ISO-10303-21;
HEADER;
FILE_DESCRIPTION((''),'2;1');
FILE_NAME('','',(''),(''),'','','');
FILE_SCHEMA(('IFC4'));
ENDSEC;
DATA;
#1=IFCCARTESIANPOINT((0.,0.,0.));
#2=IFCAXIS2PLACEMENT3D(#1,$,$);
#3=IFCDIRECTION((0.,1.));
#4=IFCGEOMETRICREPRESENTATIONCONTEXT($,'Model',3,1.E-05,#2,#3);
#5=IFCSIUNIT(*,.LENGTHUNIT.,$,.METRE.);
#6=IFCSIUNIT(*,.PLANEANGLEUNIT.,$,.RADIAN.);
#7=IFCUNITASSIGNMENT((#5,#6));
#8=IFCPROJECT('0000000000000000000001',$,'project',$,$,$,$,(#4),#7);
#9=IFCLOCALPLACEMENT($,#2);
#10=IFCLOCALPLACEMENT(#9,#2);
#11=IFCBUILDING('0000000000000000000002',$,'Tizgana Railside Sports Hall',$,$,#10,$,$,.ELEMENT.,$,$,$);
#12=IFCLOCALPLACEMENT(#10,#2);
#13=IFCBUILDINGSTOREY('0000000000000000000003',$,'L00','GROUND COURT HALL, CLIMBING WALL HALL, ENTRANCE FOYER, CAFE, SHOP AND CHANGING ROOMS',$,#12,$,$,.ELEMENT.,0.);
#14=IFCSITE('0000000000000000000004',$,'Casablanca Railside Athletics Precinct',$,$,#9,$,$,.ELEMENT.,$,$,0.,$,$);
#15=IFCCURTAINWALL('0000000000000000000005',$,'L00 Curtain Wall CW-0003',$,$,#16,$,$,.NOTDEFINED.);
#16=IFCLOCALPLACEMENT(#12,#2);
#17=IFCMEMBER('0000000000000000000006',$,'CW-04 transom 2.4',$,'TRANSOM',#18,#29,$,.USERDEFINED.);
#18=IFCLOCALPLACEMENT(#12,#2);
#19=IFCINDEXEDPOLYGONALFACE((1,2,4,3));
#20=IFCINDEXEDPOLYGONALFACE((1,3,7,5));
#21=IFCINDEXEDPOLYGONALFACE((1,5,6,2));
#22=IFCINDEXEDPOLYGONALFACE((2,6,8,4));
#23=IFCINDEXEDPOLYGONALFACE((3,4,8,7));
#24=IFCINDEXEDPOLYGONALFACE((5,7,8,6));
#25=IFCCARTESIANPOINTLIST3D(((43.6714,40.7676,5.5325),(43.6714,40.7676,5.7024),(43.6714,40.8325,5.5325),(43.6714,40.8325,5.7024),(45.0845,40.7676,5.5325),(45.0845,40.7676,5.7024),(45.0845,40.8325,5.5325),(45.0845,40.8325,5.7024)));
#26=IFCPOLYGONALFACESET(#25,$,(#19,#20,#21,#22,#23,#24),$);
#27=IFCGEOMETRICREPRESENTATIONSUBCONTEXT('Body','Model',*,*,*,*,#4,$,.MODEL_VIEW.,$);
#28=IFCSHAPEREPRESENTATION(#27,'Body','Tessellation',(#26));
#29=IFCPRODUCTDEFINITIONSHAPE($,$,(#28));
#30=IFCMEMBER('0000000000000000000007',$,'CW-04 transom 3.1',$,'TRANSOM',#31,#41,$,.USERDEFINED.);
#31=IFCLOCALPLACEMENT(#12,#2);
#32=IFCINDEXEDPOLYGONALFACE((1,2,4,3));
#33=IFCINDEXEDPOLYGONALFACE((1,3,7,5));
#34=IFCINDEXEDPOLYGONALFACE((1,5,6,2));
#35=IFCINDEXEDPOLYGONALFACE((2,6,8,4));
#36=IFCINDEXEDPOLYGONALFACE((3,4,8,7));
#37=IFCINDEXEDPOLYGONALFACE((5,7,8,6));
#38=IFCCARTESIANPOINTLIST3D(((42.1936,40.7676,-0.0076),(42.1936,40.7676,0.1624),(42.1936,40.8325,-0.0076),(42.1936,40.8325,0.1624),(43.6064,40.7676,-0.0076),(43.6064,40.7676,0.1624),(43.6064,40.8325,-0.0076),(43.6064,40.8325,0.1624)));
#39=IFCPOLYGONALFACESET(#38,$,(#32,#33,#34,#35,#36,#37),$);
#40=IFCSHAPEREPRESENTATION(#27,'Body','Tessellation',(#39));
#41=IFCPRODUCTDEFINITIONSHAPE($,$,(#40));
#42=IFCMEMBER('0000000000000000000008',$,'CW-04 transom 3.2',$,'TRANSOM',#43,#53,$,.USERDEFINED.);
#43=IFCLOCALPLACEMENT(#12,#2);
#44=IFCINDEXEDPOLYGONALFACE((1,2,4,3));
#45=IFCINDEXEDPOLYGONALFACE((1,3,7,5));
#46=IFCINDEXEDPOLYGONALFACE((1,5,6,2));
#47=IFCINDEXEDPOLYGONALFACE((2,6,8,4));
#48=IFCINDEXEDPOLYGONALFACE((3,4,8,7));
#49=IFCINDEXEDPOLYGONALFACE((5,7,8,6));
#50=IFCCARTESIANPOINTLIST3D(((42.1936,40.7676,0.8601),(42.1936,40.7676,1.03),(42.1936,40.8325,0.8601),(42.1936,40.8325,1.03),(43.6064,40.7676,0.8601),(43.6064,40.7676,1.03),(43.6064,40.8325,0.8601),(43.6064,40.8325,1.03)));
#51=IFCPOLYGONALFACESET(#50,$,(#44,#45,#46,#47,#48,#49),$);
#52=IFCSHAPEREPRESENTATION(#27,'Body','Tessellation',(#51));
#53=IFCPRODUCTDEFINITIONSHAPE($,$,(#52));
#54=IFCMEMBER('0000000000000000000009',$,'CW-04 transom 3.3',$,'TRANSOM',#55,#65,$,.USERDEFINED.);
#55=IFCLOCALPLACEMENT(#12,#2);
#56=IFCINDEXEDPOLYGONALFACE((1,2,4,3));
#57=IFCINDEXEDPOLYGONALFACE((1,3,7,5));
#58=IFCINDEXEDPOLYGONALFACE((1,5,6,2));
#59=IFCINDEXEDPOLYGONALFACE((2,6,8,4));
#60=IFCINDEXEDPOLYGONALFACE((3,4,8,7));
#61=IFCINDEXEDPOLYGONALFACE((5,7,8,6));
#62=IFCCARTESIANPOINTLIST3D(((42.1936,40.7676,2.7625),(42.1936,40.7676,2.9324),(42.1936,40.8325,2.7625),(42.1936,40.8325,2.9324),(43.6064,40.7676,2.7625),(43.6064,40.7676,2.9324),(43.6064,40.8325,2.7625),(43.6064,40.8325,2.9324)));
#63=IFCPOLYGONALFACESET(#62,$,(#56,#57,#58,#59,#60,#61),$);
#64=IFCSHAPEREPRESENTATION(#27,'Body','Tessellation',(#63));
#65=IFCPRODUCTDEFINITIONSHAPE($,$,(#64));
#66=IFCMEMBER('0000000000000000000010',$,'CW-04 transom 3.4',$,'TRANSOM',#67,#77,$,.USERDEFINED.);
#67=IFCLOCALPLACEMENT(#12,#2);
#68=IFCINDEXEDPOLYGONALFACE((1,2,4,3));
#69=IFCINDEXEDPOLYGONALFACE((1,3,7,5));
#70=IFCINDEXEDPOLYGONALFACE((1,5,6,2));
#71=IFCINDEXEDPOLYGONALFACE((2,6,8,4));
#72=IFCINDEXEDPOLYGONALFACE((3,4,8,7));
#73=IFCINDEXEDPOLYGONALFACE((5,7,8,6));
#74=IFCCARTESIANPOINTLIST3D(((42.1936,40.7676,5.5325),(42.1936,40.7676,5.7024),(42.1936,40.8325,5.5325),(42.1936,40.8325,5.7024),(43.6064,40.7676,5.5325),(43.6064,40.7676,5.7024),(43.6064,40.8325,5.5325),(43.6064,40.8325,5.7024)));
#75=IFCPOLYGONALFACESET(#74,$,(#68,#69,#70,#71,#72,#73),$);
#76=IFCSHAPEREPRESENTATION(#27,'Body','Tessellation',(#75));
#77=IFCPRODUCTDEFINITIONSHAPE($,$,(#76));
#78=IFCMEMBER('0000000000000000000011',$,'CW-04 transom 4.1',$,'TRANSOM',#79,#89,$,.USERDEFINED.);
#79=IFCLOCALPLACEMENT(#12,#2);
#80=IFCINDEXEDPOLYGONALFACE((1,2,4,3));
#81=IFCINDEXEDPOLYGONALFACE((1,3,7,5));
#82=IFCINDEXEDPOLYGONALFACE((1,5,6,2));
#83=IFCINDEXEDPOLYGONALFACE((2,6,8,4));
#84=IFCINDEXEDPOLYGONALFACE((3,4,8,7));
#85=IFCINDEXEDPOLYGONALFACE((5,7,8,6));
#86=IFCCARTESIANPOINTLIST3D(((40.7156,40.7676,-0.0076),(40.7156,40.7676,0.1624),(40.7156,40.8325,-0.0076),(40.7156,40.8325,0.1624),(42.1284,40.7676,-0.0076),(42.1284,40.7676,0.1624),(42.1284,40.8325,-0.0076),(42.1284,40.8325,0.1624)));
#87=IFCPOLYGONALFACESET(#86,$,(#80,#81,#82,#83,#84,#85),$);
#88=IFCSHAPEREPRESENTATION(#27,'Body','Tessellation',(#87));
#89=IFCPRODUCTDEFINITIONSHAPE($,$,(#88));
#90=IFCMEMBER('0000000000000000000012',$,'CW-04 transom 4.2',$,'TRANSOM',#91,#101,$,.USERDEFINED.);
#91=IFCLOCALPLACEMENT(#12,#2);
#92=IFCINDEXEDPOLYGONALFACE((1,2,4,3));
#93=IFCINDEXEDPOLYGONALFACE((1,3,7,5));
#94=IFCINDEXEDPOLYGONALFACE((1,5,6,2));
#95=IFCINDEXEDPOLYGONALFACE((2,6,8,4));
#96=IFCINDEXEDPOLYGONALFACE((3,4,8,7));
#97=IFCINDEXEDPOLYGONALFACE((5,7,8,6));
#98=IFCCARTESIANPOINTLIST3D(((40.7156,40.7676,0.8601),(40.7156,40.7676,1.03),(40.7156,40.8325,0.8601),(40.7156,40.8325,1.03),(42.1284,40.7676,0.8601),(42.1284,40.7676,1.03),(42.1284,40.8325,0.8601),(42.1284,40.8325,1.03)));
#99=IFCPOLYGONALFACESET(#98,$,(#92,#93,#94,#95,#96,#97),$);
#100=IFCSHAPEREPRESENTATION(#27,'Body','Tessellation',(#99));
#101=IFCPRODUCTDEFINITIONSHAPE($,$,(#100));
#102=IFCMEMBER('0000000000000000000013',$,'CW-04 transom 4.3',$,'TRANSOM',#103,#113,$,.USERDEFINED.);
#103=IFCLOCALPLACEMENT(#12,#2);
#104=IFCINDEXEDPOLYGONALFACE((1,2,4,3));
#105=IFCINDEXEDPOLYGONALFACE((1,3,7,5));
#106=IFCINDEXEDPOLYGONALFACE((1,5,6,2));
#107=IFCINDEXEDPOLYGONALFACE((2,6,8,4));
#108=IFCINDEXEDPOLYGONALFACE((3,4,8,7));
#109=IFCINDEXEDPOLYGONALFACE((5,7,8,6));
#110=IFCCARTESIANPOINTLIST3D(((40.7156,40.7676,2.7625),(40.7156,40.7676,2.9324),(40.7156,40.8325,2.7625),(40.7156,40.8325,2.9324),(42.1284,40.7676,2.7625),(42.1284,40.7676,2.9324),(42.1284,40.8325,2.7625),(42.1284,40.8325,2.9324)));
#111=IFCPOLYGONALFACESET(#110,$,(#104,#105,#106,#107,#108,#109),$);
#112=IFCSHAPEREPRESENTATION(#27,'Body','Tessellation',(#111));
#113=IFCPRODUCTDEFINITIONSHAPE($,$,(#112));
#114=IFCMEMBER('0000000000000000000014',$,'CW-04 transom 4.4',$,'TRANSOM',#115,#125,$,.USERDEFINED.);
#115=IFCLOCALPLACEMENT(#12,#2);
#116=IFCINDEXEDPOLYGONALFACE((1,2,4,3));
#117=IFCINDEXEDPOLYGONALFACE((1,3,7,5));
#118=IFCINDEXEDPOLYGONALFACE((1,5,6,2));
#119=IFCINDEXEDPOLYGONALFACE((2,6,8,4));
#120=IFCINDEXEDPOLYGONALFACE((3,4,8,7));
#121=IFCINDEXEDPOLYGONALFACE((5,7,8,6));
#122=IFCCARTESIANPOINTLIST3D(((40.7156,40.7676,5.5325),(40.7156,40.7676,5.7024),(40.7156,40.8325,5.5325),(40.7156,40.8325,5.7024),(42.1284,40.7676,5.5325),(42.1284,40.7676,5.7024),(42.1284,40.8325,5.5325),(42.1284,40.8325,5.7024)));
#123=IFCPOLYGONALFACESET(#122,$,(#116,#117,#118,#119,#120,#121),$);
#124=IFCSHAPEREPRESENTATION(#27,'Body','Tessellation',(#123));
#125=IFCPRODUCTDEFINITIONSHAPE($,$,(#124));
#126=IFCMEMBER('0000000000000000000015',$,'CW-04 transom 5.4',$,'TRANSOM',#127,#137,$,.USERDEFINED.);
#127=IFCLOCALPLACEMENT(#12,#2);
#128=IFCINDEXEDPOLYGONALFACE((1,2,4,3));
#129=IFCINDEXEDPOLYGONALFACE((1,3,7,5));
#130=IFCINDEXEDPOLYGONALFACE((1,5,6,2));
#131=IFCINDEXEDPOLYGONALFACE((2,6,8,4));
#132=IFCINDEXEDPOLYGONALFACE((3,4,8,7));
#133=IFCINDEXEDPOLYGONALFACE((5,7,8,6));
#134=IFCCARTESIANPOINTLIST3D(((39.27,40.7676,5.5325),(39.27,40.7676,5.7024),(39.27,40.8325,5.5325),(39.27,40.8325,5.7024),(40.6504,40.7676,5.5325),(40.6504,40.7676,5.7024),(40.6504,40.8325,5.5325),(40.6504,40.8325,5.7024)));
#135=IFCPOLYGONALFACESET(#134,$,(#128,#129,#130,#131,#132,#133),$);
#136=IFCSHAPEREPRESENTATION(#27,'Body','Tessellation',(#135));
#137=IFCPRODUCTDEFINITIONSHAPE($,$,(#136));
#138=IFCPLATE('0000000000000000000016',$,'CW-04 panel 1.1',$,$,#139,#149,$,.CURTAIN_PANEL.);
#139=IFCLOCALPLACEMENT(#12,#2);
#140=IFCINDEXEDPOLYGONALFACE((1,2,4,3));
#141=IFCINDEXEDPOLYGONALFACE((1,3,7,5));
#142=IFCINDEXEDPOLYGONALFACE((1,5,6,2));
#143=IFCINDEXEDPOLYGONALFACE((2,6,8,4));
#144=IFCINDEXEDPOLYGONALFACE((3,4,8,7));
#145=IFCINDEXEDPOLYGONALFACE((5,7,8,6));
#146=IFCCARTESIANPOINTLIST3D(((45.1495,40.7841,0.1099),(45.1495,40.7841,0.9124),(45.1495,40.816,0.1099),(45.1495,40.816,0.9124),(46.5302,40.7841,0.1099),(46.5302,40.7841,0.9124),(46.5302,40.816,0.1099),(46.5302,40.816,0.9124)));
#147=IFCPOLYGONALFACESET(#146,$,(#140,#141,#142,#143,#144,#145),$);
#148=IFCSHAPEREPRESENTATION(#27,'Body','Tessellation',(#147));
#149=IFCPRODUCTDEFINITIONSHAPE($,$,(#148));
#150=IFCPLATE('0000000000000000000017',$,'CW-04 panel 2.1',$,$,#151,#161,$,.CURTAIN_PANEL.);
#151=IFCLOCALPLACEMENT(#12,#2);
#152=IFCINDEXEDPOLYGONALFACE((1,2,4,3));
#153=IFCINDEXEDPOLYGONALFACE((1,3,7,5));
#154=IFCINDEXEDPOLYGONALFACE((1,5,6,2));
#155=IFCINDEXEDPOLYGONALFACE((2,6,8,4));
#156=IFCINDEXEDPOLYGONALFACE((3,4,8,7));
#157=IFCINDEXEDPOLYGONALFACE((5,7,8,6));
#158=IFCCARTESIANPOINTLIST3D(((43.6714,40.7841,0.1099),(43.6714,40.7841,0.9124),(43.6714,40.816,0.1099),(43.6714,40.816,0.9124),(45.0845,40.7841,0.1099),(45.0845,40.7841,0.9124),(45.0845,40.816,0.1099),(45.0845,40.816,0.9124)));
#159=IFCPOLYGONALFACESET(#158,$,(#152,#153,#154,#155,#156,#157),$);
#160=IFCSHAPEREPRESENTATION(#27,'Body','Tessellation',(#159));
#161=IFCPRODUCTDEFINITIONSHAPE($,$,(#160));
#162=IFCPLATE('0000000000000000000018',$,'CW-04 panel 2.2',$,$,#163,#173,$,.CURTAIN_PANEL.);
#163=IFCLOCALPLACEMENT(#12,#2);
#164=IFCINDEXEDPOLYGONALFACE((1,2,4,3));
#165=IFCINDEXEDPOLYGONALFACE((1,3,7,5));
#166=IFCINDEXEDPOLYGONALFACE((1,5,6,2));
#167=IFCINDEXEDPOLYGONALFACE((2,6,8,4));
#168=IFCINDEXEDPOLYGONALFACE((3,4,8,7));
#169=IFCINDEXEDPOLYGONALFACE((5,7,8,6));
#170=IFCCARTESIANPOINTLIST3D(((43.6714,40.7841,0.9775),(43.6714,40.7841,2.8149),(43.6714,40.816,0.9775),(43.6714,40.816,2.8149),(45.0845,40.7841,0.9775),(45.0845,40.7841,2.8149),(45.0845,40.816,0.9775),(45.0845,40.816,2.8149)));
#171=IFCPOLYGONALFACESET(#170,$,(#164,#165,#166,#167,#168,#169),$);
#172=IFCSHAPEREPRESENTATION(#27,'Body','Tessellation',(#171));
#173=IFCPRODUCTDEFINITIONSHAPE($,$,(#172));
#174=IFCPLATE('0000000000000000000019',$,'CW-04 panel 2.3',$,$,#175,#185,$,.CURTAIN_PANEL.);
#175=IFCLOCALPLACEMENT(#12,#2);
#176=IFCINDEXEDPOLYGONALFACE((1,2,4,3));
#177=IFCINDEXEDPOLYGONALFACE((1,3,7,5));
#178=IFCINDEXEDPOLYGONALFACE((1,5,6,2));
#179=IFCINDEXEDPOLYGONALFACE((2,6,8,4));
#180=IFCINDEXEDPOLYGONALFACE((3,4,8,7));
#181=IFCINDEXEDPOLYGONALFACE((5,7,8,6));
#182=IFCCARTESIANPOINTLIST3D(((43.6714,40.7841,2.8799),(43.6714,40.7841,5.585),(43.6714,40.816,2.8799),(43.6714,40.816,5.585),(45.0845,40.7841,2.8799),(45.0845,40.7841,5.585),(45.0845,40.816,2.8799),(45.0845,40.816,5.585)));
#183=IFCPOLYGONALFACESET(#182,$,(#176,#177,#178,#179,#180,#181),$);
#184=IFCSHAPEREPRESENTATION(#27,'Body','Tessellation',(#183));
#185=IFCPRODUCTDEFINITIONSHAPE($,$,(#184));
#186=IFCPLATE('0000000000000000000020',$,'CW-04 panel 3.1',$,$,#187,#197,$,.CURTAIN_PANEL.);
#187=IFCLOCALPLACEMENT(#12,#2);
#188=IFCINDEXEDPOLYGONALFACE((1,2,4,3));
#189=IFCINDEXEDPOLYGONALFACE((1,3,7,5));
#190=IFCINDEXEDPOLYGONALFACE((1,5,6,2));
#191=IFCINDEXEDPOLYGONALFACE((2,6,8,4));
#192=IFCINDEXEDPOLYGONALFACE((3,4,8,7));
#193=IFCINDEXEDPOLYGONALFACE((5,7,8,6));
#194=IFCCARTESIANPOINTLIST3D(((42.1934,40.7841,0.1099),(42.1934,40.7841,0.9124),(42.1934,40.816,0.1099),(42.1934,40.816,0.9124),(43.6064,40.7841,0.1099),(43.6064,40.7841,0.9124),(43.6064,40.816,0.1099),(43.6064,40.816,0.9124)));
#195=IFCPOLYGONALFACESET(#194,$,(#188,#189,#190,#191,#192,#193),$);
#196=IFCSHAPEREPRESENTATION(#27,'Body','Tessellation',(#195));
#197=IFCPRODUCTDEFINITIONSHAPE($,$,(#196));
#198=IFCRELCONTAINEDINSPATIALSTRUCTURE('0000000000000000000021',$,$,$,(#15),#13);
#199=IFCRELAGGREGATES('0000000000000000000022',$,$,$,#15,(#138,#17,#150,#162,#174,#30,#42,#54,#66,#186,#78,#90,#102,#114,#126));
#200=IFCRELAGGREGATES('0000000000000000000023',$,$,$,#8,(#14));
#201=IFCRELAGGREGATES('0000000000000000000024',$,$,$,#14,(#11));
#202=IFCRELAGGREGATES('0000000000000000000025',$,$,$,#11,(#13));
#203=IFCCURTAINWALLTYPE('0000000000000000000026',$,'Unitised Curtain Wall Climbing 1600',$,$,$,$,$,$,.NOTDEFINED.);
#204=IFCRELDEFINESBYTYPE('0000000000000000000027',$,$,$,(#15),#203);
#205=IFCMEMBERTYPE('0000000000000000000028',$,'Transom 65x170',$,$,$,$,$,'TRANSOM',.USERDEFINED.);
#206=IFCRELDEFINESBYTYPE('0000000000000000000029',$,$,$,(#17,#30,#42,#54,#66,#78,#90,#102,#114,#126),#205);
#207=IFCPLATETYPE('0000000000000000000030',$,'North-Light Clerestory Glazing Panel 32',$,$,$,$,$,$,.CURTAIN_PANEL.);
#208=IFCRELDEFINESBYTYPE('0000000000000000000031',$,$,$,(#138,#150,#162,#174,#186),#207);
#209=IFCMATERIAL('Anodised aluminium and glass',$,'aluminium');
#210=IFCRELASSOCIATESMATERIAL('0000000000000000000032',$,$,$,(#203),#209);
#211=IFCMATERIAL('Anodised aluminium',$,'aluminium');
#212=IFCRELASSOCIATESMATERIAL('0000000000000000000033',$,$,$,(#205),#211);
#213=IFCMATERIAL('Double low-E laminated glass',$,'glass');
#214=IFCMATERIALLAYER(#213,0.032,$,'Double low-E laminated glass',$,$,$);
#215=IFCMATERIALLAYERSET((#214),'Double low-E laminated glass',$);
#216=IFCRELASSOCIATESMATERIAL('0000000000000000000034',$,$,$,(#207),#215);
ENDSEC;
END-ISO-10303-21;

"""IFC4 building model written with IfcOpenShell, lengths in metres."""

from ifc_helpers import new_model, si_unit, direction, frame, origin, origin_2d, place, context, subcontext, project, spatial, rectangle, extrude, material, layer, layer_set, material_profile, profile_set, type_object, element, aggregate, save


model = new_model("IFC4")

# Units and contexts
model_context = context("Model", 3, precision=1e-05, world=origin(), true_north=direction((0.0, 1.0)))
body_context = subcontext(model_context, "Body", "Model", "MODEL_VIEW")
ifc_project = project(units=[si_unit("LENGTHUNIT", "METRE"), si_unit("PLANEANGLEUNIT", "RADIAN")], contexts=[model_context])

# Site, building, storey
site_placement = place(None, origin())
site = spatial("IfcSite", under=ifc_project, at=site_placement, Name="Casablanca Railside Athletics Precinct", CompositionType="ELEMENT", RefElevation=0.0)
building_placement = place(site_placement, origin())
building = spatial("IfcBuilding", under=site, at=building_placement, Name="Tizgana Railside Sports Hall", CompositionType="ELEMENT")
storey_placement = place(building_placement, origin())
storey = spatial("IfcBuildingStorey", under=building, at=storey_placement, Name="L00", Description="GROUND COURT HALL, CLIMBING WALL HALL, ENTRANCE FOYER, CAFE, SHOP AND CHANGING ROOMS", CompositionType="ELEMENT", Elevation=0.0)

# Curtain wall
ifc_material_1 = material(Name="Anodised aluminium and glass", Category="aluminium")
curtain_wall_type = type_object("IfcCurtainWallType", Name="Unitised Curtain Wall Climbing 1600", PredefinedType="NOTDEFINED", material=ifc_material_1)
curtain_wall_placement = place(storey_placement, origin())
curtain_wall = element("IfcCurtainWall", 1, at=curtain_wall_placement, inside=storey, type_object=curtain_wall_type, Name="L00 Curtain Wall CW-0003", PredefinedType="NOTDEFINED")
ifc_material_2 = material(Name="Anodised aluminium", Category="aluminium")

# Members
ifc_material_profile_1 = material_profile(ifc_material_2, rectangle(XDim=0.0649, YDim=0.1699, at=origin_2d()), Name="Transom 65x170")
ifc_profile_set_1 = profile_set([ifc_material_profile_1], Name="Anodised aluminium")
member_type_1 = type_object("IfcMemberType", Name="Transom 65x170", ElementType="TRANSOM", PredefinedType="USERDEFINED", material=ifc_profile_set_1)
member_1_placement = place(storey_placement, frame((45.0845, 40.8, 5.6174), z_axis=(-1.0, 0.0, 0.0), x_axis=(0.0, -1.0, 0.0)))
member_1 = element("IfcMember", 2, at=member_1_placement, type_object=member_type_1, Name="CW-04 transom 2.4", ObjectType="TRANSOM", PredefinedType="USERDEFINED", context=body_context, shape_type="SweptSolid", body=[
    extrude(rectangle(XDim=0.0649, YDim=0.1699, at=origin_2d()), origin(), (0.0, 0.0, 1.0), 1.4131),
])
member_2_placement = place(storey_placement, frame((43.6064, 40.8, 0.0774), z_axis=(-1.0, 0.0, 0.0), x_axis=(0.0, -1.0, 0.0)))
member_2 = element("IfcMember", 3, at=member_2_placement, type_object=member_type_1, Name="CW-04 transom 3.1", ObjectType="TRANSOM", PredefinedType="USERDEFINED", context=body_context, shape_type="SweptSolid", body=[
    extrude(rectangle(XDim=0.0649, YDim=0.1699, at=origin_2d()), origin(), (0.0, 0.0, 1.0), 1.4128),
])
member_3_placement = place(storey_placement, frame((43.6064, 40.8, 0.9451), z_axis=(-1.0, 0.0, 0.0), x_axis=(0.0, -1.0, 0.0)))
member_3 = element("IfcMember", 4, at=member_3_placement, type_object=member_type_1, Name="CW-04 transom 3.2", ObjectType="TRANSOM", PredefinedType="USERDEFINED", context=body_context, shape_type="SweptSolid", body=[
    extrude(rectangle(XDim=0.0649, YDim=0.1699, at=origin_2d()), origin(), (0.0, 0.0, 1.0), 1.4128),
])
member_4_placement = place(storey_placement, frame((43.6064, 40.8, 2.8474), z_axis=(-1.0, 0.0, 0.0), x_axis=(0.0, -1.0, 0.0)))
member_4 = element("IfcMember", 5, at=member_4_placement, type_object=member_type_1, Name="CW-04 transom 3.3", ObjectType="TRANSOM", PredefinedType="USERDEFINED", context=body_context, shape_type="SweptSolid", body=[
    extrude(rectangle(XDim=0.0649, YDim=0.1699, at=origin_2d()), origin(), (0.0, 0.0, 1.0), 1.4128),
])
member_5_placement = place(storey_placement, frame((43.6064, 40.8, 5.6174), z_axis=(-1.0, 0.0, 0.0), x_axis=(0.0, -1.0, 0.0)))
member_5 = element("IfcMember", 6, at=member_5_placement, type_object=member_type_1, Name="CW-04 transom 3.4", ObjectType="TRANSOM", PredefinedType="USERDEFINED", context=body_context, shape_type="SweptSolid", body=[
    extrude(rectangle(XDim=0.0649, YDim=0.1699, at=origin_2d()), origin(), (0.0, 0.0, 1.0), 1.4128),
])
member_6_placement = place(storey_placement, frame((42.1284, 40.8, 0.0774), z_axis=(-1.0, 0.0, 0.0), x_axis=(0.0, -1.0, 0.0)))
member_6 = element("IfcMember", 7, at=member_6_placement, type_object=member_type_1, Name="CW-04 transom 4.1", ObjectType="TRANSOM", PredefinedType="USERDEFINED", context=body_context, shape_type="SweptSolid", body=[
    extrude(rectangle(XDim=0.0649, YDim=0.1699, at=origin_2d()), origin(), (0.0, 0.0, 1.0), 1.4128),
])
member_7_placement = place(storey_placement, frame((42.1284, 40.8, 0.9451), z_axis=(-1.0, 0.0, 0.0), x_axis=(0.0, -1.0, 0.0)))
member_7 = element("IfcMember", 8, at=member_7_placement, type_object=member_type_1, Name="CW-04 transom 4.2", ObjectType="TRANSOM", PredefinedType="USERDEFINED", context=body_context, shape_type="SweptSolid", body=[
    extrude(rectangle(XDim=0.0649, YDim=0.1699, at=origin_2d()), origin(), (0.0, 0.0, 1.0), 1.4128),
])
member_8_placement = place(storey_placement, frame((42.1284, 40.8, 2.8474), z_axis=(-1.0, 0.0, 0.0), x_axis=(0.0, -1.0, 0.0)))
member_8 = element("IfcMember", 9, at=member_8_placement, type_object=member_type_1, Name="CW-04 transom 4.3", ObjectType="TRANSOM", PredefinedType="USERDEFINED", context=body_context, shape_type="SweptSolid", body=[
    extrude(rectangle(XDim=0.0649, YDim=0.1699, at=origin_2d()), origin(), (0.0, 0.0, 1.0), 1.4128),
])
member_9_placement = place(storey_placement, frame((42.1284, 40.8, 5.6174), z_axis=(-1.0, 0.0, 0.0), x_axis=(0.0, -1.0, 0.0)))
member_9 = element("IfcMember", 10, at=member_9_placement, type_object=member_type_1, Name="CW-04 transom 4.4", ObjectType="TRANSOM", PredefinedType="USERDEFINED", context=body_context, shape_type="SweptSolid", body=[
    extrude(rectangle(XDim=0.0649, YDim=0.1699, at=origin_2d()), origin(), (0.0, 0.0, 1.0), 1.4128),
])
member_10_placement = place(storey_placement, frame((40.6504, 40.8, 5.6174), z_axis=(-1.0, 0.0, 0.0), x_axis=(0.0, -1.0, 0.0)))
member_10 = element("IfcMember", 11, at=member_10_placement, type_object=member_type_1, Name="CW-04 transom 5.4", ObjectType="TRANSOM", PredefinedType="USERDEFINED", context=body_context, shape_type="SweptSolid", body=[
    extrude(rectangle(XDim=0.0649, YDim=0.1699, at=origin_2d()), origin(), (0.0, 0.0, 1.0), 1.3804),
])

# Plates
ifc_material_3 = material(Name="Double low-E laminated glass", Category="glass")
ifc_layer = layer(ifc_material_3, 0.032, Name="Double low-E laminated glass")
ifc_layer_set = layer_set([ifc_layer], Name="Double low-E laminated glass")
plate_type = type_object("IfcPlateType", Name="North-Light Clerestory Glazing Panel 32", PredefinedType="CURTAIN_PANEL", material=ifc_layer_set)
plate_1_placement = place(storey_placement, frame((45.8398, 40.8, 0.1099), z_axis=(0.0, 0.0, 1.0), x_axis=(-1.0, 0.0, 0.0)))
plate_1 = element("IfcPlate", 12, at=plate_1_placement, type_object=plate_type, Name="CW-04 panel 1.1", PredefinedType="CURTAIN_PANEL", context=body_context, shape_type="SweptSolid", body=[
    extrude(rectangle(XDim=1.3806, YDim=0.032, at=origin_2d()), origin(), (0.0, 0.0, 1.0), 0.8025),
])
plate_2_placement = place(storey_placement, frame((44.3779, 40.8, 0.1099), z_axis=(0.0, 0.0, 1.0), x_axis=(-1.0, 0.0, 0.0)))
plate_2 = element("IfcPlate", 13, at=plate_2_placement, type_object=plate_type, Name="CW-04 panel 2.1", PredefinedType="CURTAIN_PANEL", context=body_context, shape_type="SweptSolid", body=[
    extrude(rectangle(XDim=1.4131, YDim=0.032, at=origin_2d()), origin(), (0.0, 0.0, 1.0), 0.8025),
])
plate_3_placement = place(storey_placement, frame((44.3779, 40.8, 0.9775), z_axis=(0.0, 0.0, 1.0), x_axis=(-1.0, 0.0, 0.0)))
plate_3 = element("IfcPlate", 14, at=plate_3_placement, type_object=plate_type, Name="CW-04 panel 2.2", PredefinedType="CURTAIN_PANEL", context=body_context, shape_type="SweptSolid", body=[
    extrude(rectangle(XDim=1.4131, YDim=0.032, at=origin_2d()), origin(), (0.0, 0.0, 1.0), 1.8374),
])
plate_4_placement = place(storey_placement, frame((44.3779, 40.8, 2.8799), z_axis=(0.0, 0.0, 1.0), x_axis=(-1.0, 0.0, 0.0)))
plate_4 = element("IfcPlate", 15, at=plate_4_placement, type_object=plate_type, Name="CW-04 panel 2.3", PredefinedType="CURTAIN_PANEL", context=body_context, shape_type="SweptSolid", body=[
    extrude(rectangle(XDim=1.4131, YDim=0.032, at=origin_2d()), origin(), (0.0, 0.0, 1.0), 2.7051),
])
plate_5_placement = place(storey_placement, frame((42.8999, 40.8, 0.1099), z_axis=(0.0, 0.0, 1.0), x_axis=(-1.0, 0.0, 0.0)))
plate_5 = element("IfcPlate", 16, at=plate_5_placement, type_object=plate_type, Name="CW-04 panel 3.1", PredefinedType="CURTAIN_PANEL", context=body_context, shape_type="SweptSolid", body=[
    extrude(rectangle(XDim=1.4131, YDim=0.032, at=origin_2d()), origin(), (0.0, 0.0, 1.0), 0.8025),
])
aggregate(curtain_wall, [plate_1, member_1, plate_2, plate_3, plate_4, member_2, member_3, member_4, member_5, plate_5, member_6, member_7, member_8, member_9, member_10])

save(model, "model.ifc")
